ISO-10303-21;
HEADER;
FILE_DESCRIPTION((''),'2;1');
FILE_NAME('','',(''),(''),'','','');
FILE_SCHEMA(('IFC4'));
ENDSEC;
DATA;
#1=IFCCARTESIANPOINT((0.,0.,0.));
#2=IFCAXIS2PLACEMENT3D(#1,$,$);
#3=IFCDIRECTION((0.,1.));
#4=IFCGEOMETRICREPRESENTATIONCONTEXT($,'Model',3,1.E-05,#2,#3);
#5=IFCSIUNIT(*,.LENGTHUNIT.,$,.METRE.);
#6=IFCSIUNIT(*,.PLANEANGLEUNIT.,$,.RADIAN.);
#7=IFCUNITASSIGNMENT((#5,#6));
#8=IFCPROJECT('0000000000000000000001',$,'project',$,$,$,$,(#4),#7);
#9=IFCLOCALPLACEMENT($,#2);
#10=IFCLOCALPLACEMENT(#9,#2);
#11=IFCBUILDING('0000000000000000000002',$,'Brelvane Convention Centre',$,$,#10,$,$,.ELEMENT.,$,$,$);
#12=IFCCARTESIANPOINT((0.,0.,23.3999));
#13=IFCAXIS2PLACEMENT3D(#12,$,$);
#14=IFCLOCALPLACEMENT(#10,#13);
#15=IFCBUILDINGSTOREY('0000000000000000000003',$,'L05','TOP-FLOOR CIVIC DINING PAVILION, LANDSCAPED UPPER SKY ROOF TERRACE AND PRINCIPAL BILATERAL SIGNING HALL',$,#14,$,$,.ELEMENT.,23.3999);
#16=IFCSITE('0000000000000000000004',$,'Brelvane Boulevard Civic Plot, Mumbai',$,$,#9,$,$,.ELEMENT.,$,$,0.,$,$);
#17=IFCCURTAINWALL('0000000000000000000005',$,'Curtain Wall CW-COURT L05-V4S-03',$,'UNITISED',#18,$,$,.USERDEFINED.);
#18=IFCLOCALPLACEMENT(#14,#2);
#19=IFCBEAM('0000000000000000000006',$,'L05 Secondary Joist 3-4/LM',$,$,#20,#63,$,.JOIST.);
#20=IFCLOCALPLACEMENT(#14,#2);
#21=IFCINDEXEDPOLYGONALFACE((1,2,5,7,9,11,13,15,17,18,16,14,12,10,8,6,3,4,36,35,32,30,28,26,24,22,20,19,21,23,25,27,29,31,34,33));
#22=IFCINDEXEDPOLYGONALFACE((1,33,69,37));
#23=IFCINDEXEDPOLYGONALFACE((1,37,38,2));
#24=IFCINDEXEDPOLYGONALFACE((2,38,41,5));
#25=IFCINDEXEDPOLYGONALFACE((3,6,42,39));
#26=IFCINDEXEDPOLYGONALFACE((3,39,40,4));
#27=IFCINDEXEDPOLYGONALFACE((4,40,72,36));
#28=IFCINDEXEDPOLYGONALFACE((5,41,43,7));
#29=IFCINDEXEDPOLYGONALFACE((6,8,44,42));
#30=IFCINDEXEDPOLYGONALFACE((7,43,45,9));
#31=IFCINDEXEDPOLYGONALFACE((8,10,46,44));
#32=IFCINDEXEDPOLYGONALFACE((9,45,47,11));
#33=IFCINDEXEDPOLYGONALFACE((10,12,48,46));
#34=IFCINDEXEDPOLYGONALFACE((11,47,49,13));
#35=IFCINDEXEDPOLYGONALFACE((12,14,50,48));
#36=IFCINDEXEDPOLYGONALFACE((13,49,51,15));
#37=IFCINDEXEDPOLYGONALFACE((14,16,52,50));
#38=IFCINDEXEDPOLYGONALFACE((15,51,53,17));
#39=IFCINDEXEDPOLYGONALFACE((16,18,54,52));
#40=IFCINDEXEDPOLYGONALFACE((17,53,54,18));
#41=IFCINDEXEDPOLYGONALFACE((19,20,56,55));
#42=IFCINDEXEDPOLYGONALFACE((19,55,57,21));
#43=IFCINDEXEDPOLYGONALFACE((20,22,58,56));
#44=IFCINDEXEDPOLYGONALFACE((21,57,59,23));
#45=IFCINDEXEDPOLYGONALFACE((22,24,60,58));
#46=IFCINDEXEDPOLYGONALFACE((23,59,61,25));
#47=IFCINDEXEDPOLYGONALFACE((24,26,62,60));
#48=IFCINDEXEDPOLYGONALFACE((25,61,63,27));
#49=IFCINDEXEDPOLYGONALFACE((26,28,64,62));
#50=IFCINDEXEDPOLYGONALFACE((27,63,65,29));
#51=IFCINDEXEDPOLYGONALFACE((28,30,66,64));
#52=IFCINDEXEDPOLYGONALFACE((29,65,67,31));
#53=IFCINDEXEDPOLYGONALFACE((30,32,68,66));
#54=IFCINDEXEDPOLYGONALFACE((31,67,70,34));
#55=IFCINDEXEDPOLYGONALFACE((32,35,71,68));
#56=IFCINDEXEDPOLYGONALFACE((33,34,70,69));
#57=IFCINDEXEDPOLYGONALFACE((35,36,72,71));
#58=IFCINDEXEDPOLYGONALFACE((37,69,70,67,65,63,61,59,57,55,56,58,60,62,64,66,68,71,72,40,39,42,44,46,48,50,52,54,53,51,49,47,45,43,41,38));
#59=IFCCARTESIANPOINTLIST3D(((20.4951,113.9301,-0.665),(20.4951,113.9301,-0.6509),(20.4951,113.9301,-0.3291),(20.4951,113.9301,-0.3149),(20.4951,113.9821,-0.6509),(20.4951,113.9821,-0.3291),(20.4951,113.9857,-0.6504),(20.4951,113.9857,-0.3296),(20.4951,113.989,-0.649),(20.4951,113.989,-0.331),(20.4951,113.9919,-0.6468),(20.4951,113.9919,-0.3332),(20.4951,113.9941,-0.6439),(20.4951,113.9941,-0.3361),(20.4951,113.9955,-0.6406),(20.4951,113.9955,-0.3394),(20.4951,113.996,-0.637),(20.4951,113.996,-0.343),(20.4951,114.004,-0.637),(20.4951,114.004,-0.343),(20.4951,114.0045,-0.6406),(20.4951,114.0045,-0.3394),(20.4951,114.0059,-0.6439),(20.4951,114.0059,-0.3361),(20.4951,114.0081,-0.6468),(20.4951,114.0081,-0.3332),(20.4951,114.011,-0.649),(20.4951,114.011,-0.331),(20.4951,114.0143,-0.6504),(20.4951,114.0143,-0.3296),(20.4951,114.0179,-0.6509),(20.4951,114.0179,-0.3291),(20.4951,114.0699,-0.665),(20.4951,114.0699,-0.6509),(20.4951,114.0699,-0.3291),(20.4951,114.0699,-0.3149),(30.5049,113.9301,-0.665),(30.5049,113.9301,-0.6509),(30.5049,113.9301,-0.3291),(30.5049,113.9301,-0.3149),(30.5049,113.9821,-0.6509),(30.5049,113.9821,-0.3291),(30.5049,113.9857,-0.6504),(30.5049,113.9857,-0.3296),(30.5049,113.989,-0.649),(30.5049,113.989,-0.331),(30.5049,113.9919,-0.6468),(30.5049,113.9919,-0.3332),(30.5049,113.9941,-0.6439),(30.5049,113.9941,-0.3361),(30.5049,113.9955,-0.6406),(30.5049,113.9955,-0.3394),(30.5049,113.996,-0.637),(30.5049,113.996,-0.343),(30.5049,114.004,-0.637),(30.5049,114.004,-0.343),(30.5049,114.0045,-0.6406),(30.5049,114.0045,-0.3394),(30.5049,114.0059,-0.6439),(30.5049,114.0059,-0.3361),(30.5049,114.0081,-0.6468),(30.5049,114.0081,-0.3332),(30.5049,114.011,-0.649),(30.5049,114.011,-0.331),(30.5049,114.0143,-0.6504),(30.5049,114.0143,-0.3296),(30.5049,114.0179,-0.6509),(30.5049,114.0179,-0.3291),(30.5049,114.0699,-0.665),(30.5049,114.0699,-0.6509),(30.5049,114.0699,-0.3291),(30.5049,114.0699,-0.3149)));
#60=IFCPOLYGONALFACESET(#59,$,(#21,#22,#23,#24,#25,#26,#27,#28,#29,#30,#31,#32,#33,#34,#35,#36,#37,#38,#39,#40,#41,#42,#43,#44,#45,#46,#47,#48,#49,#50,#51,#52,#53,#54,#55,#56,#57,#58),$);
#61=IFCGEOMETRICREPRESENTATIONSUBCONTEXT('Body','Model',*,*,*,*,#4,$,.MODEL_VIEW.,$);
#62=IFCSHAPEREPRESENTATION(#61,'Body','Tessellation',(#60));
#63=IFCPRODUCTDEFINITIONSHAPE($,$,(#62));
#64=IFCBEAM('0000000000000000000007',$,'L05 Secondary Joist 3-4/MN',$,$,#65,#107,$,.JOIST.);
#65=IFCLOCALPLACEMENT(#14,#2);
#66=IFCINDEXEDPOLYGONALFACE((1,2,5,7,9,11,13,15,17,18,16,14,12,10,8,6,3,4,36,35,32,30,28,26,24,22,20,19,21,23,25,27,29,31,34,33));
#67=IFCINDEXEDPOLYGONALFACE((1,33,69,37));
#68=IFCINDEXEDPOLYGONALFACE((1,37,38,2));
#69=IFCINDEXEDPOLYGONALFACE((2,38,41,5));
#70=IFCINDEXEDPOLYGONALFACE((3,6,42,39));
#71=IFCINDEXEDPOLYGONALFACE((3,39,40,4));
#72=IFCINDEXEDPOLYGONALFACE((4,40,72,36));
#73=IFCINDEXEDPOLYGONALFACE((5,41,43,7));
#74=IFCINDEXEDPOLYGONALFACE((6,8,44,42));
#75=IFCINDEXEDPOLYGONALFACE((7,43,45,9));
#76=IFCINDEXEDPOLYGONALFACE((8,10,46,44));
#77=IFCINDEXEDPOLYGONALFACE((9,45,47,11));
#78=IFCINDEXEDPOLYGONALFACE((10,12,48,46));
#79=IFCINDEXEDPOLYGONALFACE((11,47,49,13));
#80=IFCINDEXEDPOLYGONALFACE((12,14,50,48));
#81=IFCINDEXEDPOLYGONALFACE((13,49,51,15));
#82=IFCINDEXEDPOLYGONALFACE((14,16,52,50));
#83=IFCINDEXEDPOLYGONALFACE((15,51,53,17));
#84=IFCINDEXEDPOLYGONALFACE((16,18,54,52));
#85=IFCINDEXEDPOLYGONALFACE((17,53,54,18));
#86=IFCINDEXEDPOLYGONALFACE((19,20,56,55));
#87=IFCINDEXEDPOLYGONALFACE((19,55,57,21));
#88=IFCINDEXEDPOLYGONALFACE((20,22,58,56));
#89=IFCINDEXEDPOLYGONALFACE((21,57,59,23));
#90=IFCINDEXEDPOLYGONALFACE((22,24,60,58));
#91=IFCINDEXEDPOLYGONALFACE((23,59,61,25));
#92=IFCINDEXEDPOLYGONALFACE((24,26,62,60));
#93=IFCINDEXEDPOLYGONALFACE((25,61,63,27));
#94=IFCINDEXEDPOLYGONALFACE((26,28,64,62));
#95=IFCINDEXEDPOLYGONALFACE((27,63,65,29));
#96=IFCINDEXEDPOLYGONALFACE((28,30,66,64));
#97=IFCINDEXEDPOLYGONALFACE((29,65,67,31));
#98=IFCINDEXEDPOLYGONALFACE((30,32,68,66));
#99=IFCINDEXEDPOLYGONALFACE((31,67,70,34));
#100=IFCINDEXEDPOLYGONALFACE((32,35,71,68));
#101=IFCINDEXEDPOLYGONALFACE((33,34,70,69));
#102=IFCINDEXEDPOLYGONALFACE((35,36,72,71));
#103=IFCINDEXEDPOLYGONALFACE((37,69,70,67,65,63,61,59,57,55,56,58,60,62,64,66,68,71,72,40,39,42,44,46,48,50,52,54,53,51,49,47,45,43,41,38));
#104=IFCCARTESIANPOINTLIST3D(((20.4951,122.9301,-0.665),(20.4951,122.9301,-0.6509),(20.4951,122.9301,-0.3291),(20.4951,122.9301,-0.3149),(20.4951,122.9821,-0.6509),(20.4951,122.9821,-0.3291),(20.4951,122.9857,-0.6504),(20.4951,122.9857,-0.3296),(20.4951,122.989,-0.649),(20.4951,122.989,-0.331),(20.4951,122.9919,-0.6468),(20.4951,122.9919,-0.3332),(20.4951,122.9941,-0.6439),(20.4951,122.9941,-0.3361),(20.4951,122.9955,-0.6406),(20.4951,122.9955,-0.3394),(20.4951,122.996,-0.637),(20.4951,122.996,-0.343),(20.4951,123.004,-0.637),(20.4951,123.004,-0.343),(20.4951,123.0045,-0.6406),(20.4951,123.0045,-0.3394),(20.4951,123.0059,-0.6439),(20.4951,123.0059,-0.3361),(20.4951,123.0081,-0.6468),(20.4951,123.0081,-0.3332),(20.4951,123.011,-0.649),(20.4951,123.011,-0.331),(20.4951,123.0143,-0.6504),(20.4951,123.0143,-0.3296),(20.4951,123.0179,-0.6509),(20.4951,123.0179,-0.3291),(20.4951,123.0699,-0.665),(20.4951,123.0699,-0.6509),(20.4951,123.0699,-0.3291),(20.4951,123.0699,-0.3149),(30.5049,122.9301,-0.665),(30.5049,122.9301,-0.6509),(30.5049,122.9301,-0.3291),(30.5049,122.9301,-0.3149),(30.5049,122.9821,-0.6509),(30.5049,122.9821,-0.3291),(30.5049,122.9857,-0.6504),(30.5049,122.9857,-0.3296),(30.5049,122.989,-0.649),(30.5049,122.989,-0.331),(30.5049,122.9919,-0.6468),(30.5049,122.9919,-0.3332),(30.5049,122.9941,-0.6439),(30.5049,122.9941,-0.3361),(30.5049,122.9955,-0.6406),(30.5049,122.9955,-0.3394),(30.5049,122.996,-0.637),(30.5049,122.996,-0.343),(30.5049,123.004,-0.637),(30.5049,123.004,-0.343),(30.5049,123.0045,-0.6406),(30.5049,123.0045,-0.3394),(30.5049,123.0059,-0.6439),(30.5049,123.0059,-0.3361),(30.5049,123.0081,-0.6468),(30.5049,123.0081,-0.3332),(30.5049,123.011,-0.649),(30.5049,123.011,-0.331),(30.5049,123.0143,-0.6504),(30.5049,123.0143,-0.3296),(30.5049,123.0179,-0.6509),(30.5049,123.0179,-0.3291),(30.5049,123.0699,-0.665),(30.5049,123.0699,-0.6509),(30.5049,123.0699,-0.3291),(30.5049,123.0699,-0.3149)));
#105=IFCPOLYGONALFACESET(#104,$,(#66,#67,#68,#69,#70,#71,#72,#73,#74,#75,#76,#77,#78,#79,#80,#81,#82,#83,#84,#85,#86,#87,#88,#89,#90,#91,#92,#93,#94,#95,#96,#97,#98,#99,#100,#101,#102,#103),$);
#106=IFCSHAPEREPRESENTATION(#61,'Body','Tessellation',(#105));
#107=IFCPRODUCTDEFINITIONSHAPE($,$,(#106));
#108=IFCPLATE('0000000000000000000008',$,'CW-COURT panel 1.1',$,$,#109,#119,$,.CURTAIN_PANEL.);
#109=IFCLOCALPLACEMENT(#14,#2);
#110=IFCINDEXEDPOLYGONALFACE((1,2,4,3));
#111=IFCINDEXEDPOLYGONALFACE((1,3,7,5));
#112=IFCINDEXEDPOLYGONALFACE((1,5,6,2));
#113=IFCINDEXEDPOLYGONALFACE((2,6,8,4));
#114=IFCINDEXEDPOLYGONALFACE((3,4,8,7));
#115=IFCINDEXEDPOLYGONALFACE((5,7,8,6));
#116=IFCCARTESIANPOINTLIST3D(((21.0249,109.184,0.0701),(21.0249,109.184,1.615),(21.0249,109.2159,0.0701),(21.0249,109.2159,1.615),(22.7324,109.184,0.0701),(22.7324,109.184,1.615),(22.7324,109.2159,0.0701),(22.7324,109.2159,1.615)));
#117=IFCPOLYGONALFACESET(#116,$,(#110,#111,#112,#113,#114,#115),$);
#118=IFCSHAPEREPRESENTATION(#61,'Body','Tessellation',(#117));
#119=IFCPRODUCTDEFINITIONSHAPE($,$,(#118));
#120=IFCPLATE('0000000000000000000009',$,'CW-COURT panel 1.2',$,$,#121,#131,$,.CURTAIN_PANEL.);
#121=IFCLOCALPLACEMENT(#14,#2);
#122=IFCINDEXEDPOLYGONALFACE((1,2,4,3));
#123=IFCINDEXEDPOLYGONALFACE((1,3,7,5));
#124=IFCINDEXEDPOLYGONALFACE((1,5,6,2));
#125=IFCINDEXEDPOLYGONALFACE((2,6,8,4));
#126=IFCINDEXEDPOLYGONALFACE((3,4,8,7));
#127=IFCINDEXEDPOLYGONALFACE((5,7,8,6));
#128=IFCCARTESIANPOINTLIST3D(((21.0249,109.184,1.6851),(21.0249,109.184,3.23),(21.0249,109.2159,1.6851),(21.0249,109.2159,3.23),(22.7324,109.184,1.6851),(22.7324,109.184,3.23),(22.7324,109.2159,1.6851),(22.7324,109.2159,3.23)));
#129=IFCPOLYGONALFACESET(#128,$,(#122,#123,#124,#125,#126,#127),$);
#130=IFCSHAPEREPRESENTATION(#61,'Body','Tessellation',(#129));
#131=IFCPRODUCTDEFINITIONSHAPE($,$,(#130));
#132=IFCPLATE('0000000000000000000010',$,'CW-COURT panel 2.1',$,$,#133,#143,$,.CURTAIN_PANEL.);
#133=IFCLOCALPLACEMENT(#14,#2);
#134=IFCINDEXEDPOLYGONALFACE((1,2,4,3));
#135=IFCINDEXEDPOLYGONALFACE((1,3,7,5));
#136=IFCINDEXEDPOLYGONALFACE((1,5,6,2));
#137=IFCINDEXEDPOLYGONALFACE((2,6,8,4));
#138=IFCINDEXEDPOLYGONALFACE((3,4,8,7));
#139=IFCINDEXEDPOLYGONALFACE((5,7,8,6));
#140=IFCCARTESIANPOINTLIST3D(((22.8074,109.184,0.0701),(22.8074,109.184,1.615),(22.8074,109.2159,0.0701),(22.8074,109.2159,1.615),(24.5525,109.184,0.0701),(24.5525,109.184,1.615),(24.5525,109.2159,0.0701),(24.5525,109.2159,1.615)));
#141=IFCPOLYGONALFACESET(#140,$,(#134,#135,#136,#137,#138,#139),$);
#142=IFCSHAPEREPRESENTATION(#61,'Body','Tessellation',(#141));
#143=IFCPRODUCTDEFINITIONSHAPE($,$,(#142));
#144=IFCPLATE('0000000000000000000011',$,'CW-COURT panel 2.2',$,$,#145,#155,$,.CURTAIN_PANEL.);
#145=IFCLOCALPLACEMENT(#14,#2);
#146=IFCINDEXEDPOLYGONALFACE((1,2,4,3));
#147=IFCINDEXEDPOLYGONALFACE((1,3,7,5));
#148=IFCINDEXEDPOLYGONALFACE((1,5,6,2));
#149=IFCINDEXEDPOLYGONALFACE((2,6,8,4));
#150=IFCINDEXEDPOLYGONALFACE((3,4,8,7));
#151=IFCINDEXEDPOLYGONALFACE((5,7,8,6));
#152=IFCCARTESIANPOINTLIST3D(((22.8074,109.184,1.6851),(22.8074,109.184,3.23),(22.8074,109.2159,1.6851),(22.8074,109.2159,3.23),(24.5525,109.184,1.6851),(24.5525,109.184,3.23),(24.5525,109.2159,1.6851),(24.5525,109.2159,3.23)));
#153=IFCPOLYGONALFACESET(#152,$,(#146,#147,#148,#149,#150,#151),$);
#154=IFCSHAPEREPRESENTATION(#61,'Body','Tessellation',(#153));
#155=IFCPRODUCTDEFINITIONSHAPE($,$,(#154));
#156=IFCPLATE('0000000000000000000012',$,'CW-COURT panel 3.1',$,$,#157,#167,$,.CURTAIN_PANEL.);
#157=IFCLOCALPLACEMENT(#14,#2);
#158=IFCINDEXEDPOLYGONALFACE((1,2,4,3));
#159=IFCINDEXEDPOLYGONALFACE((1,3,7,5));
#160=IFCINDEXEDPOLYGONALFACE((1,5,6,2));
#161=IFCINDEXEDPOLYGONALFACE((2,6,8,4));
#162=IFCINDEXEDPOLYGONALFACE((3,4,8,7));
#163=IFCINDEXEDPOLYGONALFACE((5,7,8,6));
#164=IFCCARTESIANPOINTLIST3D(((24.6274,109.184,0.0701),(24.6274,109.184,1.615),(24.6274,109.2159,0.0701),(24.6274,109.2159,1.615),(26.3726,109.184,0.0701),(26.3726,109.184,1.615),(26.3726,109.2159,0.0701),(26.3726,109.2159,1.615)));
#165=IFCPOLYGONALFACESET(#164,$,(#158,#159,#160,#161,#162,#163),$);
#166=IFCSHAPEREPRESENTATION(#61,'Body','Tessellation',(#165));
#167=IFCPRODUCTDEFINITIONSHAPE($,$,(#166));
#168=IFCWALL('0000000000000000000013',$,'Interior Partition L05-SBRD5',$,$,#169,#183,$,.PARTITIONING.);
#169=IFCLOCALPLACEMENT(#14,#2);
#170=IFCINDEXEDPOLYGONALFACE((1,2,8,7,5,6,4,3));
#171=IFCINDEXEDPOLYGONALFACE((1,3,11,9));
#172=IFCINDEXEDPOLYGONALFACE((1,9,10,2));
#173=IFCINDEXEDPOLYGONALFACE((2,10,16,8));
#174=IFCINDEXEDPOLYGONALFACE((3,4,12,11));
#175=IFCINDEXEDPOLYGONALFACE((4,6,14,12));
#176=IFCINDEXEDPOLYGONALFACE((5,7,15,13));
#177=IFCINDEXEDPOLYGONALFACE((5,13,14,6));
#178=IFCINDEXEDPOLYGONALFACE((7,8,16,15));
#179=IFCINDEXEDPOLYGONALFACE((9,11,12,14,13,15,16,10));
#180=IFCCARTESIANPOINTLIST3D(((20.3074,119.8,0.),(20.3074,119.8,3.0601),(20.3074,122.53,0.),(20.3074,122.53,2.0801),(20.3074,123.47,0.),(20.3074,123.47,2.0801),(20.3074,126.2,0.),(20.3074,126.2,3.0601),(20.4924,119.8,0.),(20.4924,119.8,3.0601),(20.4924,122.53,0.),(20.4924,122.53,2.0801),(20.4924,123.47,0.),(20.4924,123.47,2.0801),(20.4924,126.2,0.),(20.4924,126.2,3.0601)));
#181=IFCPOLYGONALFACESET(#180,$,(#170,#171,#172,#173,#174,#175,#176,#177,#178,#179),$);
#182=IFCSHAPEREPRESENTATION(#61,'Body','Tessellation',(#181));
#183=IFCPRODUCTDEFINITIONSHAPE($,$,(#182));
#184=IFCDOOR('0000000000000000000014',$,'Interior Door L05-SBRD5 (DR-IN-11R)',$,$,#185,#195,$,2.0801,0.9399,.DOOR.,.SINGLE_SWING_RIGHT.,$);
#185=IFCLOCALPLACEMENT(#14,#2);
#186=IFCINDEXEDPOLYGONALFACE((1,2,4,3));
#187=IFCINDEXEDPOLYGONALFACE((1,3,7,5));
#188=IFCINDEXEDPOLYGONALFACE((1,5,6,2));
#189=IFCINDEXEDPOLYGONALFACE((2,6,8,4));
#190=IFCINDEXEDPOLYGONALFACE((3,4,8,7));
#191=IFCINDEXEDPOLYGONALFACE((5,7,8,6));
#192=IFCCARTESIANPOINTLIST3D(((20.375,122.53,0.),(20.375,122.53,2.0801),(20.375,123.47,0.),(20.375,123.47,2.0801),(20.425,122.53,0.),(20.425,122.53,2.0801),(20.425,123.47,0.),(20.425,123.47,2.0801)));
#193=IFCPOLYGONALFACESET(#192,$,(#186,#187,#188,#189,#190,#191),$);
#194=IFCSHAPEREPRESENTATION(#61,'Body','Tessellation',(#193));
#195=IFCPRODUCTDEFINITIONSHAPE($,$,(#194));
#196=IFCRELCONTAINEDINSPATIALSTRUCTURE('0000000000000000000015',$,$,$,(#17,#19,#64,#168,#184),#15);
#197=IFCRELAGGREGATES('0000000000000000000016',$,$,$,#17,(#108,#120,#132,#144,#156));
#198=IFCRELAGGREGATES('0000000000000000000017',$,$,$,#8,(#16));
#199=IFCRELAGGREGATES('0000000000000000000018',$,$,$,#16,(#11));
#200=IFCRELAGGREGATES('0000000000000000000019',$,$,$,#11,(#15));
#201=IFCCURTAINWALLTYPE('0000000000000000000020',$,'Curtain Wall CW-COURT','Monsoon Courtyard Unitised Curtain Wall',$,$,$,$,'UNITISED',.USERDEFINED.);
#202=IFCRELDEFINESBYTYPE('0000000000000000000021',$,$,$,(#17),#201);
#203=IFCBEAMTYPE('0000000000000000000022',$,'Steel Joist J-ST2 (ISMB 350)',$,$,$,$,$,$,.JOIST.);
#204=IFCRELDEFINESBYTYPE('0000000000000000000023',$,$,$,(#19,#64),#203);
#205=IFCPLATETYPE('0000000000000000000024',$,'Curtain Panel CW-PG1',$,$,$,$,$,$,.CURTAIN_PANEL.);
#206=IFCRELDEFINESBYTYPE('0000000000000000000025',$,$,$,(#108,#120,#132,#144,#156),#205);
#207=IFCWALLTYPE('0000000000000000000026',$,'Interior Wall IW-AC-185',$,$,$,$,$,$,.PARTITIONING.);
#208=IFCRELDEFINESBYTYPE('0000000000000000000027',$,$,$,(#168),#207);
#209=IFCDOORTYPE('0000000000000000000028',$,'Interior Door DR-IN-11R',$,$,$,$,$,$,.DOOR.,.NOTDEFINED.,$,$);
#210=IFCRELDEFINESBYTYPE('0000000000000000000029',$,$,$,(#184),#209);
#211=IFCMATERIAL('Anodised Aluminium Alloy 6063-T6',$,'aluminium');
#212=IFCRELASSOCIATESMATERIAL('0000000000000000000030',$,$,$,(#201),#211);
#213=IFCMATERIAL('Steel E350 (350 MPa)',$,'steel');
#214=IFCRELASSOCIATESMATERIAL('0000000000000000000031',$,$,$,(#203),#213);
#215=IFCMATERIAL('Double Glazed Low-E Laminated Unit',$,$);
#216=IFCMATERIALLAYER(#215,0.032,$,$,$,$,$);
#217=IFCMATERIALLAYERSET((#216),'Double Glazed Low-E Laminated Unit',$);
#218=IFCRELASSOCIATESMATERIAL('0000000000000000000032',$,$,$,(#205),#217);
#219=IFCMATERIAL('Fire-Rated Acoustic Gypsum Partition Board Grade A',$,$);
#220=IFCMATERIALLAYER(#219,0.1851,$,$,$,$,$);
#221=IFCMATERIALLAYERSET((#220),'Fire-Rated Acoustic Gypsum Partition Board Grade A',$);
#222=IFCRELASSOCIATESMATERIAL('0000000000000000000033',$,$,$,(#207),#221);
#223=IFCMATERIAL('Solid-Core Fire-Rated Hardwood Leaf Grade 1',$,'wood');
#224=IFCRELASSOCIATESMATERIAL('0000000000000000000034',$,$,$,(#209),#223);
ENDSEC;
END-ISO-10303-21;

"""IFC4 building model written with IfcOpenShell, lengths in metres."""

from ifc_helpers import new_model, si_unit, direction, frame, frame_2d, origin, origin_2d, place, context, subcontext, project, spatial, rectangle, i_section, extrude, material, layer, layer_set, material_profile, profile_set, type_object, element, fill, aggregate, save


model = new_model("IFC4")

# Units and contexts
model_context = context("Model", 3, precision=1e-05, world=origin(), true_north=direction((0.0, 1.0)))
body_context = subcontext(model_context, "Body", "Model", "MODEL_VIEW")
ifc_project = project(units=[si_unit("LENGTHUNIT", "METRE"), si_unit("PLANEANGLEUNIT", "RADIAN")], contexts=[model_context])

# Site, building, storey
site_placement = place(None, origin())
site = spatial("IfcSite", under=ifc_project, at=site_placement, Name="Brelvane Boulevard Civic Plot, Mumbai", CompositionType="ELEMENT", RefElevation=0.0)
building_placement = place(site_placement, origin())
building = spatial("IfcBuilding", under=site, at=building_placement, Name="Brelvane Convention Centre", CompositionType="ELEMENT")
storey_placement = place(building_placement, frame((0.0, 0.0, 23.3999)))
storey = spatial("IfcBuildingStorey", under=building, at=storey_placement, Name="L05", Description="TOP-FLOOR CIVIC DINING PAVILION, LANDSCAPED UPPER SKY ROOF TERRACE AND PRINCIPAL BILATERAL SIGNING HALL", CompositionType="ELEMENT", Elevation=23.3999)

# Curtain wall
ifc_material_1 = material(Name="Anodised Aluminium Alloy 6063-T6", Category="aluminium")
curtain_wall_type = type_object("IfcCurtainWallType", Name="Curtain Wall CW-COURT", Description="Monsoon Courtyard Unitised Curtain Wall", ElementType="UNITISED", PredefinedType="USERDEFINED", material=ifc_material_1)
curtain_wall_placement = place(storey_placement, origin())
curtain_wall = element("IfcCurtainWall", 1, at=curtain_wall_placement, inside=storey, type_object=curtain_wall_type, Name="Curtain Wall CW-COURT L05-V4S-03", ObjectType="UNITISED", PredefinedType="USERDEFINED")

# Beams
ifc_material_2 = material(Name="Steel E350 (350 MPa)", Category="steel")
ifc_material_profile_1 = material_profile(ifc_material_2, i_section(OverallWidth=0.1399, OverallDepth=0.3501, WebThickness=0.0081, FlangeThickness=0.0142, FilletRadius=0.0139, at=origin_2d()), Name="ISMB 350")
ifc_profile_set_1 = profile_set([ifc_material_profile_1], Name="Steel E350 (350 MPa)")
beam_type_1 = type_object("IfcBeamType", Name="Steel Joist J-ST2 (ISMB 350)", PredefinedType="JOIST", material=ifc_profile_set_1)
for number, where, z_axis, x_axis, name in (
    (2, (20.4951, 114.0, -0.49), (1.0, 0.0, 0.0), (0.0, 1.0, 0.0), "L05 Secondary Joist 3-4/LM"),
    (3, (20.4951, 123.0, -0.49), (1.0, 0.0, 0.0), (0.0, 1.0, 0.0), "L05 Secondary Joist 3-4/MN"),
):
    element("IfcBeam", number, at=place(storey_placement, frame(where, z_axis=z_axis, x_axis=x_axis)), inside=storey, type_object=beam_type_1, Name=name, PredefinedType="JOIST", context=body_context, shape_type="SweptSolid", body=[
        extrude(i_section(OverallWidth=0.1399, OverallDepth=0.3501, WebThickness=0.0081, FlangeThickness=0.0142, FilletRadius=0.0139, at=origin_2d()), origin(), (0.0, 0.0, 1.0), 10.0098),
    ])

# Plates
ifc_material_3 = material(Name="Double Glazed Low-E Laminated Unit")
ifc_layer_1 = layer(ifc_material_3, 0.032)
ifc_layer_set_1 = layer_set([ifc_layer_1], Name="Double Glazed Low-E Laminated Unit")
plate_type = type_object("IfcPlateType", Name="Curtain Panel CW-PG1", PredefinedType="CURTAIN_PANEL", material=ifc_layer_set_1)
plate_1_placement = place(storey_placement, frame((21.8787, 109.2, 0.0701), z_axis=(0.0, 0.0, 1.0), x_axis=(1.0, 0.0, 0.0)))
plate_1 = element("IfcPlate", 4, at=plate_1_placement, type_object=plate_type, Name="CW-COURT panel 1.1", PredefinedType="CURTAIN_PANEL", context=body_context, shape_type="SweptSolid", body=[
    extrude(rectangle(XDim=1.7075, YDim=0.032, at=origin_2d()), origin(), (0.0, 0.0, 1.0), 1.5449),
])
plate_2_placement = place(storey_placement, frame((21.8787, 109.2, 1.6851), z_axis=(0.0, 0.0, 1.0), x_axis=(1.0, 0.0, 0.0)))
plate_2 = element("IfcPlate", 5, at=plate_2_placement, type_object=plate_type, Name="CW-COURT panel 1.2", PredefinedType="CURTAIN_PANEL", context=body_context, shape_type="SweptSolid", body=[
    extrude(rectangle(XDim=1.7075, YDim=0.032, at=origin_2d()), origin(), (0.0, 0.0, 1.0), 1.5449),
])
plate_3_placement = place(storey_placement, frame((23.6799, 109.2, 0.0701), z_axis=(0.0, 0.0, 1.0), x_axis=(1.0, 0.0, 0.0)))
plate_3 = element("IfcPlate", 6, at=plate_3_placement, type_object=plate_type, Name="CW-COURT panel 2.1", PredefinedType="CURTAIN_PANEL", context=body_context, shape_type="SweptSolid", body=[
    extrude(rectangle(XDim=1.7451, YDim=0.032, at=origin_2d()), origin(), (0.0, 0.0, 1.0), 1.5449),
])
plate_4_placement = place(storey_placement, frame((23.6799, 109.2, 1.6851), z_axis=(0.0, 0.0, 1.0), x_axis=(1.0, 0.0, 0.0)))
plate_4 = element("IfcPlate", 7, at=plate_4_placement, type_object=plate_type, Name="CW-COURT panel 2.2", PredefinedType="CURTAIN_PANEL", context=body_context, shape_type="SweptSolid", body=[
    extrude(rectangle(XDim=1.7451, YDim=0.032, at=origin_2d()), origin(), (0.0, 0.0, 1.0), 1.5449),
])
plate_5_placement = place(storey_placement, frame((25.5, 109.2, 0.0701), z_axis=(0.0, 0.0, 1.0), x_axis=(1.0, 0.0, 0.0)))
plate_5 = element("IfcPlate", 8, at=plate_5_placement, type_object=plate_type, Name="CW-COURT panel 3.1", PredefinedType="CURTAIN_PANEL", context=body_context, shape_type="SweptSolid", body=[
    extrude(rectangle(XDim=1.7451, YDim=0.032, at=origin_2d()), origin(), (0.0, 0.0, 1.0), 1.5449),
])
aggregate(curtain_wall, [plate_1, plate_2, plate_3, plate_4, plate_5])

# Wall, opening, door
ifc_material_4 = material(Name="Fire-Rated Acoustic Gypsum Partition Board Grade A")
ifc_layer_2 = layer(ifc_material_4, 0.1851)
ifc_layer_set_2 = layer_set([ifc_layer_2], Name="Fire-Rated Acoustic Gypsum Partition Board Grade A")
wall_type = type_object("IfcWallType", Name="Interior Wall IW-AC-185", PredefinedType="PARTITIONING", material=ifc_layer_set_2)
wall_placement = place(storey_placement, frame((20.3999, 119.8, 0.0), z_axis=(0.0, 0.0, 1.0), x_axis=(0.0, 1.0, 0.0)))
wall = element("IfcWall", 9, at=wall_placement, inside=storey, type_object=wall_type, Name="Interior Partition L05-SBRD5", PredefinedType="PARTITIONING", context=body_context, shape_type="SweptSolid", body=[
    extrude(rectangle(XDim=6.3999, YDim=0.1851, at=frame_2d((3.2, 0.0))), origin(), (0.0, 0.0, 1.0), 3.0601),
])
opening_placement = place(wall_placement, frame((2.73, 0.0, 0.0)))
opening = element("IfcOpeningElement", 10, at=opening_placement, cuts=wall, PredefinedType="OPENING", context=body_context, shape_type="SweptSolid", body=[
    extrude(rectangle(XDim=0.9399, YDim=2.0801, at=frame_2d((0.47, 1.04))), frame((0.0, 0.1025, 0.0), z_axis=(0.0, -1.0, 0.0), x_axis=(1.0, 0.0, 0.0)), (0.0, 0.0, 1.0), 0.2051),
])
ifc_material_5 = material(Name="Solid-Core Fire-Rated Hardwood Leaf Grade 1", Category="wood")
door_type = type_object("IfcDoorType", Name="Interior Door DR-IN-11R", OperationType="NOTDEFINED", PredefinedType="DOOR", material=ifc_material_5)
door_placement = place(opening_placement, origin())
door = element("IfcDoor", 11, at=door_placement, inside=storey, type_object=door_type, Name="Interior Door L05-SBRD5 (DR-IN-11R)", OperationType="SINGLE_SWING_RIGHT", OverallHeight=2.0801, OverallWidth=0.9399, PredefinedType="DOOR", context=body_context, shape_type="SweptSolid", body=[
    extrude(rectangle(XDim=0.9399, YDim=2.0801, at=frame_2d((0.47, 1.04))), frame((0.0, 0.0249, 0.0), z_axis=(0.0, -1.0, 0.0), x_axis=(1.0, 0.0, 0.0)), (0.0, 0.0, 1.0), 0.05),
])
fill(opening, door)

save(model, "model.ifc")
